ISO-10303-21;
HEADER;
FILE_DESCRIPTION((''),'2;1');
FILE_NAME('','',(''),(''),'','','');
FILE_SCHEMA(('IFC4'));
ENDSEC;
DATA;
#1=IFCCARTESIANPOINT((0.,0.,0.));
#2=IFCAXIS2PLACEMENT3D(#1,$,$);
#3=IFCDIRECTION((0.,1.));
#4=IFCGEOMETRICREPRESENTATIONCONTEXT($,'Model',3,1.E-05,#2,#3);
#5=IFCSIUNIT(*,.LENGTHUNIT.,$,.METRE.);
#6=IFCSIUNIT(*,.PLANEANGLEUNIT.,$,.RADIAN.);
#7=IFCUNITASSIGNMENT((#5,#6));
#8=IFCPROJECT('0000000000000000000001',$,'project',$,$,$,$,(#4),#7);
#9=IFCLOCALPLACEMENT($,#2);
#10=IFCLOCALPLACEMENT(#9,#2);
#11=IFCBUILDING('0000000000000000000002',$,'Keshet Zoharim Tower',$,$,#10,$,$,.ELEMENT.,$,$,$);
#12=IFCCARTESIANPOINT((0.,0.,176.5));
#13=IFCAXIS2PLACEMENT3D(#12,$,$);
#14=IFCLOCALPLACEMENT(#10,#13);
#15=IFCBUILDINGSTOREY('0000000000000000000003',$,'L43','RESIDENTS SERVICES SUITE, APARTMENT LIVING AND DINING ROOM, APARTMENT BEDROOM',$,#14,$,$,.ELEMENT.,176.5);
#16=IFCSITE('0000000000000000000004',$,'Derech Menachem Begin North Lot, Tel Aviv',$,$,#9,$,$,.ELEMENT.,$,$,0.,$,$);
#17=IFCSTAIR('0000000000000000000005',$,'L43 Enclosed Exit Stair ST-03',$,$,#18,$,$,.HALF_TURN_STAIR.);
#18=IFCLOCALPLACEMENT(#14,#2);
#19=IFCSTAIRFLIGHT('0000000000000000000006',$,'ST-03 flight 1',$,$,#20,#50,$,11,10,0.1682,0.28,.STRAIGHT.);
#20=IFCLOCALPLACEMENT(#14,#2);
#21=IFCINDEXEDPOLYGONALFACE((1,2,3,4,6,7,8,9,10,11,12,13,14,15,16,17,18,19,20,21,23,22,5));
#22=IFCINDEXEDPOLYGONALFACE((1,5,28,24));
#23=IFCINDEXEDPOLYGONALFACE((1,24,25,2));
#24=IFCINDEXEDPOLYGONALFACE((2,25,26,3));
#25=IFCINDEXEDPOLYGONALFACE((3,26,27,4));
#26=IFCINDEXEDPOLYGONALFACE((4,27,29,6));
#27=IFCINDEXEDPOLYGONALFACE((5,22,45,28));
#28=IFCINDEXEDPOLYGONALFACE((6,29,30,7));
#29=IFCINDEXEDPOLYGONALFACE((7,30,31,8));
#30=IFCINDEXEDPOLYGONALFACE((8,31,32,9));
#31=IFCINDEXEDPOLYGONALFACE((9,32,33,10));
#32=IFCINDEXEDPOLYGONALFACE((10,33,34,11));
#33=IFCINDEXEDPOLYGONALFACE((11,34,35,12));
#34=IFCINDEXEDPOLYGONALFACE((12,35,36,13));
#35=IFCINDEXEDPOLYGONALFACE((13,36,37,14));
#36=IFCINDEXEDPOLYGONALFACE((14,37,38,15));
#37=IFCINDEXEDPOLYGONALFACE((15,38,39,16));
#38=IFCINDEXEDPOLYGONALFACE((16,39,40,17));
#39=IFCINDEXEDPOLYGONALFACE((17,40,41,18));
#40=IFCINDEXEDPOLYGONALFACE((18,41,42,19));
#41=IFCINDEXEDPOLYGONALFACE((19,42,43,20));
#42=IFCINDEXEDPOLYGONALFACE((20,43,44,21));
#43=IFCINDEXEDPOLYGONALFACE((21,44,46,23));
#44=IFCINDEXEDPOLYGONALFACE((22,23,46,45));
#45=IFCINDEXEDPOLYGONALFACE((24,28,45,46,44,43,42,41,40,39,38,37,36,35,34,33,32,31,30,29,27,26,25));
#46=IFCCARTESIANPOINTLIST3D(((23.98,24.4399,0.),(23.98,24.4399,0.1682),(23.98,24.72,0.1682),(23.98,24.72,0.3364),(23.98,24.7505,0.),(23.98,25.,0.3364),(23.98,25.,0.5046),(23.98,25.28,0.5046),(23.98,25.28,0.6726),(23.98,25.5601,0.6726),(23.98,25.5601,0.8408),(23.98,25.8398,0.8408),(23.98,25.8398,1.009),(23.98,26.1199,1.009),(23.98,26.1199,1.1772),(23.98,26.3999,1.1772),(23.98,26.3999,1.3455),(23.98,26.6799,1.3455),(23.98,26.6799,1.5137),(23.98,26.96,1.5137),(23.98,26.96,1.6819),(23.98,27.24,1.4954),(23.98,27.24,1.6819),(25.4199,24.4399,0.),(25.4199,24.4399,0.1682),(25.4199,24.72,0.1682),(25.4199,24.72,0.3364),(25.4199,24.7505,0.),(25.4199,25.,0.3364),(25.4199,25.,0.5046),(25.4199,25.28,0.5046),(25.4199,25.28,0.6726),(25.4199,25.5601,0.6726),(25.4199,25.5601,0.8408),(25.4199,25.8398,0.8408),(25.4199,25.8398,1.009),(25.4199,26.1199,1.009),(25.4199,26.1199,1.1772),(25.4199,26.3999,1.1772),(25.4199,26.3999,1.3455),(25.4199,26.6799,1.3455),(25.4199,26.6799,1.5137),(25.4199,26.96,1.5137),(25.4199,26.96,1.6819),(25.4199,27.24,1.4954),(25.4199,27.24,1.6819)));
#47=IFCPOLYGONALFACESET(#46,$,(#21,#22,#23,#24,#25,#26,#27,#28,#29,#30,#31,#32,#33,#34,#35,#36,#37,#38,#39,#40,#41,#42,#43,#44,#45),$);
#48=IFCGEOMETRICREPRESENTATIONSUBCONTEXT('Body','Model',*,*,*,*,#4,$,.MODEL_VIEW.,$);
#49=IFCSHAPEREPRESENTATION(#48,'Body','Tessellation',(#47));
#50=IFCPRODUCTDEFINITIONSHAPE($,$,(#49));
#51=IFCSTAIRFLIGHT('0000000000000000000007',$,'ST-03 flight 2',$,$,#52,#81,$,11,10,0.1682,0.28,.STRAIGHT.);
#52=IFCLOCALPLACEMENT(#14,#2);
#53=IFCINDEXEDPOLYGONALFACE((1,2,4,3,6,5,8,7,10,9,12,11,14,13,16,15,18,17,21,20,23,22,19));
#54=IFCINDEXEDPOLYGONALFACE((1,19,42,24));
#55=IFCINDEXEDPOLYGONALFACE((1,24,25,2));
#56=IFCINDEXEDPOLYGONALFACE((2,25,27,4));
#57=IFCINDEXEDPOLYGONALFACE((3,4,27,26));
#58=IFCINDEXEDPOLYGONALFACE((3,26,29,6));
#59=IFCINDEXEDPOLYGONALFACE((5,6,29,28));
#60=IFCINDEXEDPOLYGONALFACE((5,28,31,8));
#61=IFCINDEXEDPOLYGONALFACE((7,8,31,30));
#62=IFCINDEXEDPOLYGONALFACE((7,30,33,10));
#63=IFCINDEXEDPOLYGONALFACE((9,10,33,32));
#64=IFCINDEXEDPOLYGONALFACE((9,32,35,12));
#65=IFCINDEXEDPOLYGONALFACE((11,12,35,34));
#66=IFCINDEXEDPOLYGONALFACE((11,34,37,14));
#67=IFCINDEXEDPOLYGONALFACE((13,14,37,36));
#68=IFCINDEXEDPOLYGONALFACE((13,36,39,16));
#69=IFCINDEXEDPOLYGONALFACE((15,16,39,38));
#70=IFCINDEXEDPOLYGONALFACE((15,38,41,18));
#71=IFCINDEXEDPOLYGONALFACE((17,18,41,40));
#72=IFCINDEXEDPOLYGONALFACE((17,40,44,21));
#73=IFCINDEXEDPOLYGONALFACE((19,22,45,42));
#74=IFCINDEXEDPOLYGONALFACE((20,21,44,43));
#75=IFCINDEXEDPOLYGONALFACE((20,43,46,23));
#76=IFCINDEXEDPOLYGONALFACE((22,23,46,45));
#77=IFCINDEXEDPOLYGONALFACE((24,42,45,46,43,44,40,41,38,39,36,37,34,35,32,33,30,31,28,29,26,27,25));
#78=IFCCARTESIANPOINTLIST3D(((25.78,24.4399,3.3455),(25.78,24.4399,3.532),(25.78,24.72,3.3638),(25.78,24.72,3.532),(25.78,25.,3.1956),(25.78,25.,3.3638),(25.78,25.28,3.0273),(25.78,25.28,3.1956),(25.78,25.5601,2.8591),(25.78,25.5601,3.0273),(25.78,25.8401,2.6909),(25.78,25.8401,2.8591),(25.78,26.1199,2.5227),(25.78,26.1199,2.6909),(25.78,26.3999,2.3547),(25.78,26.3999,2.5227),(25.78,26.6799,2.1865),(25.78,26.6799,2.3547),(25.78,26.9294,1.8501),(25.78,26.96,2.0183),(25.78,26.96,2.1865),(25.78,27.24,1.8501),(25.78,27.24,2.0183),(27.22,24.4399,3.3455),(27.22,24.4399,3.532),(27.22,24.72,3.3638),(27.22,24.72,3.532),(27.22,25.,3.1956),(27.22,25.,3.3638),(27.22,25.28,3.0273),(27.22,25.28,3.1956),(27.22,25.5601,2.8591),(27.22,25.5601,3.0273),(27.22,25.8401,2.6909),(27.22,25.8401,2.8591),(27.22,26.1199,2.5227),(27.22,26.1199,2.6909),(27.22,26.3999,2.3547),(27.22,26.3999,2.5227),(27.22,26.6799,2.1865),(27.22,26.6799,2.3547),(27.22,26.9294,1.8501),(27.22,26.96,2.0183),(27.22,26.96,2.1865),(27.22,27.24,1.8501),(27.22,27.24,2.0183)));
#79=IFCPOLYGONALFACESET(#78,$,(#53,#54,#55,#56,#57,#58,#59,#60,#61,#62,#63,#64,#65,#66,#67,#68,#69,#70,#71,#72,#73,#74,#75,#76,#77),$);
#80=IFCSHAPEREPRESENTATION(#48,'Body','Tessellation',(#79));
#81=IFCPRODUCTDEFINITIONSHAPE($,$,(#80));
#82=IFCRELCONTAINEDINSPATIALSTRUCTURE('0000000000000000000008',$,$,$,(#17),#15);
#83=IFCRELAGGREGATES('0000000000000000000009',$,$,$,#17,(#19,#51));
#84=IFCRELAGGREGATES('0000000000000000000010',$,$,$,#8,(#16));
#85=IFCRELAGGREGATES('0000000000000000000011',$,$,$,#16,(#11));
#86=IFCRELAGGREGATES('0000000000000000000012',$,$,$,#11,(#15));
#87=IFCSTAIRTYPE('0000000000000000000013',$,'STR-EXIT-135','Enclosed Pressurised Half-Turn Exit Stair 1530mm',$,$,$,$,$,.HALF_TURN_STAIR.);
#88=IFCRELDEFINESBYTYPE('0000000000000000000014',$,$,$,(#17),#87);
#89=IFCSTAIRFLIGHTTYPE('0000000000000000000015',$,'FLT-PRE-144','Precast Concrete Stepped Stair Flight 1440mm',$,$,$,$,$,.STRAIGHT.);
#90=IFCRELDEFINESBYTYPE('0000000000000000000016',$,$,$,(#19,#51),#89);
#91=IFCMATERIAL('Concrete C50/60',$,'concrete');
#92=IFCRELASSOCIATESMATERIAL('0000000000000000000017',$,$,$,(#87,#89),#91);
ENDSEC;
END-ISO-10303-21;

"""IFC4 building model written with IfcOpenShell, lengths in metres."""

from ifc_helpers import new_model, si_unit, direction, frame, origin, place, context, subcontext, project, spatial, polyline, outline, extrude, material, type_object, element, aggregate, save


model = new_model("IFC4")

# Units and contexts
model_context = context("Model", 3, precision=1e-05, world=origin(), true_north=direction((0.0, 1.0)))
body_context = subcontext(model_context, "Body", "Model", "MODEL_VIEW")
ifc_project = project(units=[si_unit("LENGTHUNIT", "METRE"), si_unit("PLANEANGLEUNIT", "RADIAN")], contexts=[model_context])

# Site, building, storey
site_placement = place(None, origin())
site = spatial("IfcSite", under=ifc_project, at=site_placement, Name="Derech Menachem Begin North Lot, Tel Aviv", CompositionType="ELEMENT", RefElevation=0.0)
building_placement = place(site_placement, origin())
building = spatial("IfcBuilding", under=site, at=building_placement, Name="Keshet Zoharim Tower", CompositionType="ELEMENT")
storey_placement = place(building_placement, frame((0.0, 0.0, 176.5)))
storey = spatial("IfcBuildingStorey", under=building, at=storey_placement, Name="L43", Description="RESIDENTS SERVICES SUITE, APARTMENT LIVING AND DINING ROOM, APARTMENT BEDROOM", CompositionType="ELEMENT", Elevation=176.5)

# Shared definitions
ifc_material_1 = material(Name="Concrete C50/60", Category="concrete")

# Shared definitions
stair_type = type_object("IfcStairType", Name="STR-EXIT-135", Description="Enclosed Pressurised Half-Turn Exit Stair 1530mm", PredefinedType="HALF_TURN_STAIR", material=ifc_material_1)

# Stair, stair flights
stair_1_placement = place(storey_placement, origin())
stair_1 = element("IfcStair", 1, at=stair_1_placement, inside=storey, type_object=stair_type, Name="L43 Enclosed Exit Stair ST-03", PredefinedType="HALF_TURN_STAIR")
stair_flight_type_1 = type_object("IfcStairFlightType", Name="FLT-PRE-144", Description="Precast Concrete Stepped Stair Flight 1440mm", PredefinedType="STRAIGHT", material=ifc_material_1)
stair_flight_1_placement = place(storey_placement, frame((24.7, 24.4399, 0.0), z_axis=(0.0, 0.0, 1.0), x_axis=(0.0, 1.0, 0.0)))
stair_flight_1 = element("IfcStairFlight", 2, at=stair_flight_1_placement, type_object=stair_flight_type_1, Name="ST-03 flight 1", NumberOfRisers=11, NumberOfTreads=10, PredefinedType="STRAIGHT", RiserHeight=0.1682, TreadLength=0.28, context=body_context, shape_type="SweptSolid", body=[
    extrude(outline(polyline([(0.0, 0.0), (0.0, 0.1682), (0.28, 0.1682), (0.28, 0.3364), (0.5601, 0.3364), (0.5601, 0.5046), (0.8401, 0.5046), (0.8401, 0.6726), (1.1201, 0.6726), (1.1201, 0.8408), (1.3999, 0.8408), (1.3999, 1.009), (1.6799, 1.009), (1.6799, 1.1772), (1.96, 1.1772), (1.96, 1.3455), (2.24, 1.3455), (2.24, 1.5137), (2.52, 1.5137), (2.52, 1.6819), (2.8, 1.6819), (2.8, 1.8501), (2.8, 1.4954), (0.3105, 0.0), (0.0, 0.0)])), frame((0.0, 0.72, 0.0), z_axis=(0.0, -1.0, 0.0), x_axis=(1.0, 0.0, 0.0)), (0.0, 0.0, 1.0), 1.4399),
])
stair_flight_2_placement = place(storey_placement, frame((26.5, 27.24, 1.8501), z_axis=(0.0, 0.0, 1.0), x_axis=(0.0, -1.0, 0.0)))
stair_flight_2 = element("IfcStairFlight", 3, at=stair_flight_2_placement, type_object=stair_flight_type_1, Name="ST-03 flight 2", NumberOfRisers=11, NumberOfTreads=10, PredefinedType="STRAIGHT", RiserHeight=0.1682, TreadLength=0.28, context=body_context, shape_type="SweptSolid", body=[
    extrude(outline(polyline([(0.0, 0.0), (0.0, 0.1682), (0.28, 0.1682), (0.28, 0.3364), (0.5601, 0.3364), (0.5601, 0.5046), (0.8401, 0.5046), (0.8401, 0.6726), (1.1201, 0.6726), (1.1201, 0.8408), (1.3999, 0.8408), (1.3999, 1.009), (1.6799, 1.009), (1.6799, 1.1772), (1.96, 1.1772), (1.96, 1.3455), (2.24, 1.3455), (2.24, 1.5137), (2.52, 1.5137), (2.52, 1.6819), (2.8, 1.6819), (2.8, 1.8501), (2.8, 1.4954), (0.3105, 0.0), (0.0, 0.0)])), frame((0.0, 0.72, 0.0), z_axis=(0.0, -1.0, 0.0), x_axis=(1.0, 0.0, 0.0)), (0.0, 0.0, 1.0), 1.4399),
])
aggregate(stair_1, [stair_flight_1, stair_flight_2])

save(model, "model.ifc")
